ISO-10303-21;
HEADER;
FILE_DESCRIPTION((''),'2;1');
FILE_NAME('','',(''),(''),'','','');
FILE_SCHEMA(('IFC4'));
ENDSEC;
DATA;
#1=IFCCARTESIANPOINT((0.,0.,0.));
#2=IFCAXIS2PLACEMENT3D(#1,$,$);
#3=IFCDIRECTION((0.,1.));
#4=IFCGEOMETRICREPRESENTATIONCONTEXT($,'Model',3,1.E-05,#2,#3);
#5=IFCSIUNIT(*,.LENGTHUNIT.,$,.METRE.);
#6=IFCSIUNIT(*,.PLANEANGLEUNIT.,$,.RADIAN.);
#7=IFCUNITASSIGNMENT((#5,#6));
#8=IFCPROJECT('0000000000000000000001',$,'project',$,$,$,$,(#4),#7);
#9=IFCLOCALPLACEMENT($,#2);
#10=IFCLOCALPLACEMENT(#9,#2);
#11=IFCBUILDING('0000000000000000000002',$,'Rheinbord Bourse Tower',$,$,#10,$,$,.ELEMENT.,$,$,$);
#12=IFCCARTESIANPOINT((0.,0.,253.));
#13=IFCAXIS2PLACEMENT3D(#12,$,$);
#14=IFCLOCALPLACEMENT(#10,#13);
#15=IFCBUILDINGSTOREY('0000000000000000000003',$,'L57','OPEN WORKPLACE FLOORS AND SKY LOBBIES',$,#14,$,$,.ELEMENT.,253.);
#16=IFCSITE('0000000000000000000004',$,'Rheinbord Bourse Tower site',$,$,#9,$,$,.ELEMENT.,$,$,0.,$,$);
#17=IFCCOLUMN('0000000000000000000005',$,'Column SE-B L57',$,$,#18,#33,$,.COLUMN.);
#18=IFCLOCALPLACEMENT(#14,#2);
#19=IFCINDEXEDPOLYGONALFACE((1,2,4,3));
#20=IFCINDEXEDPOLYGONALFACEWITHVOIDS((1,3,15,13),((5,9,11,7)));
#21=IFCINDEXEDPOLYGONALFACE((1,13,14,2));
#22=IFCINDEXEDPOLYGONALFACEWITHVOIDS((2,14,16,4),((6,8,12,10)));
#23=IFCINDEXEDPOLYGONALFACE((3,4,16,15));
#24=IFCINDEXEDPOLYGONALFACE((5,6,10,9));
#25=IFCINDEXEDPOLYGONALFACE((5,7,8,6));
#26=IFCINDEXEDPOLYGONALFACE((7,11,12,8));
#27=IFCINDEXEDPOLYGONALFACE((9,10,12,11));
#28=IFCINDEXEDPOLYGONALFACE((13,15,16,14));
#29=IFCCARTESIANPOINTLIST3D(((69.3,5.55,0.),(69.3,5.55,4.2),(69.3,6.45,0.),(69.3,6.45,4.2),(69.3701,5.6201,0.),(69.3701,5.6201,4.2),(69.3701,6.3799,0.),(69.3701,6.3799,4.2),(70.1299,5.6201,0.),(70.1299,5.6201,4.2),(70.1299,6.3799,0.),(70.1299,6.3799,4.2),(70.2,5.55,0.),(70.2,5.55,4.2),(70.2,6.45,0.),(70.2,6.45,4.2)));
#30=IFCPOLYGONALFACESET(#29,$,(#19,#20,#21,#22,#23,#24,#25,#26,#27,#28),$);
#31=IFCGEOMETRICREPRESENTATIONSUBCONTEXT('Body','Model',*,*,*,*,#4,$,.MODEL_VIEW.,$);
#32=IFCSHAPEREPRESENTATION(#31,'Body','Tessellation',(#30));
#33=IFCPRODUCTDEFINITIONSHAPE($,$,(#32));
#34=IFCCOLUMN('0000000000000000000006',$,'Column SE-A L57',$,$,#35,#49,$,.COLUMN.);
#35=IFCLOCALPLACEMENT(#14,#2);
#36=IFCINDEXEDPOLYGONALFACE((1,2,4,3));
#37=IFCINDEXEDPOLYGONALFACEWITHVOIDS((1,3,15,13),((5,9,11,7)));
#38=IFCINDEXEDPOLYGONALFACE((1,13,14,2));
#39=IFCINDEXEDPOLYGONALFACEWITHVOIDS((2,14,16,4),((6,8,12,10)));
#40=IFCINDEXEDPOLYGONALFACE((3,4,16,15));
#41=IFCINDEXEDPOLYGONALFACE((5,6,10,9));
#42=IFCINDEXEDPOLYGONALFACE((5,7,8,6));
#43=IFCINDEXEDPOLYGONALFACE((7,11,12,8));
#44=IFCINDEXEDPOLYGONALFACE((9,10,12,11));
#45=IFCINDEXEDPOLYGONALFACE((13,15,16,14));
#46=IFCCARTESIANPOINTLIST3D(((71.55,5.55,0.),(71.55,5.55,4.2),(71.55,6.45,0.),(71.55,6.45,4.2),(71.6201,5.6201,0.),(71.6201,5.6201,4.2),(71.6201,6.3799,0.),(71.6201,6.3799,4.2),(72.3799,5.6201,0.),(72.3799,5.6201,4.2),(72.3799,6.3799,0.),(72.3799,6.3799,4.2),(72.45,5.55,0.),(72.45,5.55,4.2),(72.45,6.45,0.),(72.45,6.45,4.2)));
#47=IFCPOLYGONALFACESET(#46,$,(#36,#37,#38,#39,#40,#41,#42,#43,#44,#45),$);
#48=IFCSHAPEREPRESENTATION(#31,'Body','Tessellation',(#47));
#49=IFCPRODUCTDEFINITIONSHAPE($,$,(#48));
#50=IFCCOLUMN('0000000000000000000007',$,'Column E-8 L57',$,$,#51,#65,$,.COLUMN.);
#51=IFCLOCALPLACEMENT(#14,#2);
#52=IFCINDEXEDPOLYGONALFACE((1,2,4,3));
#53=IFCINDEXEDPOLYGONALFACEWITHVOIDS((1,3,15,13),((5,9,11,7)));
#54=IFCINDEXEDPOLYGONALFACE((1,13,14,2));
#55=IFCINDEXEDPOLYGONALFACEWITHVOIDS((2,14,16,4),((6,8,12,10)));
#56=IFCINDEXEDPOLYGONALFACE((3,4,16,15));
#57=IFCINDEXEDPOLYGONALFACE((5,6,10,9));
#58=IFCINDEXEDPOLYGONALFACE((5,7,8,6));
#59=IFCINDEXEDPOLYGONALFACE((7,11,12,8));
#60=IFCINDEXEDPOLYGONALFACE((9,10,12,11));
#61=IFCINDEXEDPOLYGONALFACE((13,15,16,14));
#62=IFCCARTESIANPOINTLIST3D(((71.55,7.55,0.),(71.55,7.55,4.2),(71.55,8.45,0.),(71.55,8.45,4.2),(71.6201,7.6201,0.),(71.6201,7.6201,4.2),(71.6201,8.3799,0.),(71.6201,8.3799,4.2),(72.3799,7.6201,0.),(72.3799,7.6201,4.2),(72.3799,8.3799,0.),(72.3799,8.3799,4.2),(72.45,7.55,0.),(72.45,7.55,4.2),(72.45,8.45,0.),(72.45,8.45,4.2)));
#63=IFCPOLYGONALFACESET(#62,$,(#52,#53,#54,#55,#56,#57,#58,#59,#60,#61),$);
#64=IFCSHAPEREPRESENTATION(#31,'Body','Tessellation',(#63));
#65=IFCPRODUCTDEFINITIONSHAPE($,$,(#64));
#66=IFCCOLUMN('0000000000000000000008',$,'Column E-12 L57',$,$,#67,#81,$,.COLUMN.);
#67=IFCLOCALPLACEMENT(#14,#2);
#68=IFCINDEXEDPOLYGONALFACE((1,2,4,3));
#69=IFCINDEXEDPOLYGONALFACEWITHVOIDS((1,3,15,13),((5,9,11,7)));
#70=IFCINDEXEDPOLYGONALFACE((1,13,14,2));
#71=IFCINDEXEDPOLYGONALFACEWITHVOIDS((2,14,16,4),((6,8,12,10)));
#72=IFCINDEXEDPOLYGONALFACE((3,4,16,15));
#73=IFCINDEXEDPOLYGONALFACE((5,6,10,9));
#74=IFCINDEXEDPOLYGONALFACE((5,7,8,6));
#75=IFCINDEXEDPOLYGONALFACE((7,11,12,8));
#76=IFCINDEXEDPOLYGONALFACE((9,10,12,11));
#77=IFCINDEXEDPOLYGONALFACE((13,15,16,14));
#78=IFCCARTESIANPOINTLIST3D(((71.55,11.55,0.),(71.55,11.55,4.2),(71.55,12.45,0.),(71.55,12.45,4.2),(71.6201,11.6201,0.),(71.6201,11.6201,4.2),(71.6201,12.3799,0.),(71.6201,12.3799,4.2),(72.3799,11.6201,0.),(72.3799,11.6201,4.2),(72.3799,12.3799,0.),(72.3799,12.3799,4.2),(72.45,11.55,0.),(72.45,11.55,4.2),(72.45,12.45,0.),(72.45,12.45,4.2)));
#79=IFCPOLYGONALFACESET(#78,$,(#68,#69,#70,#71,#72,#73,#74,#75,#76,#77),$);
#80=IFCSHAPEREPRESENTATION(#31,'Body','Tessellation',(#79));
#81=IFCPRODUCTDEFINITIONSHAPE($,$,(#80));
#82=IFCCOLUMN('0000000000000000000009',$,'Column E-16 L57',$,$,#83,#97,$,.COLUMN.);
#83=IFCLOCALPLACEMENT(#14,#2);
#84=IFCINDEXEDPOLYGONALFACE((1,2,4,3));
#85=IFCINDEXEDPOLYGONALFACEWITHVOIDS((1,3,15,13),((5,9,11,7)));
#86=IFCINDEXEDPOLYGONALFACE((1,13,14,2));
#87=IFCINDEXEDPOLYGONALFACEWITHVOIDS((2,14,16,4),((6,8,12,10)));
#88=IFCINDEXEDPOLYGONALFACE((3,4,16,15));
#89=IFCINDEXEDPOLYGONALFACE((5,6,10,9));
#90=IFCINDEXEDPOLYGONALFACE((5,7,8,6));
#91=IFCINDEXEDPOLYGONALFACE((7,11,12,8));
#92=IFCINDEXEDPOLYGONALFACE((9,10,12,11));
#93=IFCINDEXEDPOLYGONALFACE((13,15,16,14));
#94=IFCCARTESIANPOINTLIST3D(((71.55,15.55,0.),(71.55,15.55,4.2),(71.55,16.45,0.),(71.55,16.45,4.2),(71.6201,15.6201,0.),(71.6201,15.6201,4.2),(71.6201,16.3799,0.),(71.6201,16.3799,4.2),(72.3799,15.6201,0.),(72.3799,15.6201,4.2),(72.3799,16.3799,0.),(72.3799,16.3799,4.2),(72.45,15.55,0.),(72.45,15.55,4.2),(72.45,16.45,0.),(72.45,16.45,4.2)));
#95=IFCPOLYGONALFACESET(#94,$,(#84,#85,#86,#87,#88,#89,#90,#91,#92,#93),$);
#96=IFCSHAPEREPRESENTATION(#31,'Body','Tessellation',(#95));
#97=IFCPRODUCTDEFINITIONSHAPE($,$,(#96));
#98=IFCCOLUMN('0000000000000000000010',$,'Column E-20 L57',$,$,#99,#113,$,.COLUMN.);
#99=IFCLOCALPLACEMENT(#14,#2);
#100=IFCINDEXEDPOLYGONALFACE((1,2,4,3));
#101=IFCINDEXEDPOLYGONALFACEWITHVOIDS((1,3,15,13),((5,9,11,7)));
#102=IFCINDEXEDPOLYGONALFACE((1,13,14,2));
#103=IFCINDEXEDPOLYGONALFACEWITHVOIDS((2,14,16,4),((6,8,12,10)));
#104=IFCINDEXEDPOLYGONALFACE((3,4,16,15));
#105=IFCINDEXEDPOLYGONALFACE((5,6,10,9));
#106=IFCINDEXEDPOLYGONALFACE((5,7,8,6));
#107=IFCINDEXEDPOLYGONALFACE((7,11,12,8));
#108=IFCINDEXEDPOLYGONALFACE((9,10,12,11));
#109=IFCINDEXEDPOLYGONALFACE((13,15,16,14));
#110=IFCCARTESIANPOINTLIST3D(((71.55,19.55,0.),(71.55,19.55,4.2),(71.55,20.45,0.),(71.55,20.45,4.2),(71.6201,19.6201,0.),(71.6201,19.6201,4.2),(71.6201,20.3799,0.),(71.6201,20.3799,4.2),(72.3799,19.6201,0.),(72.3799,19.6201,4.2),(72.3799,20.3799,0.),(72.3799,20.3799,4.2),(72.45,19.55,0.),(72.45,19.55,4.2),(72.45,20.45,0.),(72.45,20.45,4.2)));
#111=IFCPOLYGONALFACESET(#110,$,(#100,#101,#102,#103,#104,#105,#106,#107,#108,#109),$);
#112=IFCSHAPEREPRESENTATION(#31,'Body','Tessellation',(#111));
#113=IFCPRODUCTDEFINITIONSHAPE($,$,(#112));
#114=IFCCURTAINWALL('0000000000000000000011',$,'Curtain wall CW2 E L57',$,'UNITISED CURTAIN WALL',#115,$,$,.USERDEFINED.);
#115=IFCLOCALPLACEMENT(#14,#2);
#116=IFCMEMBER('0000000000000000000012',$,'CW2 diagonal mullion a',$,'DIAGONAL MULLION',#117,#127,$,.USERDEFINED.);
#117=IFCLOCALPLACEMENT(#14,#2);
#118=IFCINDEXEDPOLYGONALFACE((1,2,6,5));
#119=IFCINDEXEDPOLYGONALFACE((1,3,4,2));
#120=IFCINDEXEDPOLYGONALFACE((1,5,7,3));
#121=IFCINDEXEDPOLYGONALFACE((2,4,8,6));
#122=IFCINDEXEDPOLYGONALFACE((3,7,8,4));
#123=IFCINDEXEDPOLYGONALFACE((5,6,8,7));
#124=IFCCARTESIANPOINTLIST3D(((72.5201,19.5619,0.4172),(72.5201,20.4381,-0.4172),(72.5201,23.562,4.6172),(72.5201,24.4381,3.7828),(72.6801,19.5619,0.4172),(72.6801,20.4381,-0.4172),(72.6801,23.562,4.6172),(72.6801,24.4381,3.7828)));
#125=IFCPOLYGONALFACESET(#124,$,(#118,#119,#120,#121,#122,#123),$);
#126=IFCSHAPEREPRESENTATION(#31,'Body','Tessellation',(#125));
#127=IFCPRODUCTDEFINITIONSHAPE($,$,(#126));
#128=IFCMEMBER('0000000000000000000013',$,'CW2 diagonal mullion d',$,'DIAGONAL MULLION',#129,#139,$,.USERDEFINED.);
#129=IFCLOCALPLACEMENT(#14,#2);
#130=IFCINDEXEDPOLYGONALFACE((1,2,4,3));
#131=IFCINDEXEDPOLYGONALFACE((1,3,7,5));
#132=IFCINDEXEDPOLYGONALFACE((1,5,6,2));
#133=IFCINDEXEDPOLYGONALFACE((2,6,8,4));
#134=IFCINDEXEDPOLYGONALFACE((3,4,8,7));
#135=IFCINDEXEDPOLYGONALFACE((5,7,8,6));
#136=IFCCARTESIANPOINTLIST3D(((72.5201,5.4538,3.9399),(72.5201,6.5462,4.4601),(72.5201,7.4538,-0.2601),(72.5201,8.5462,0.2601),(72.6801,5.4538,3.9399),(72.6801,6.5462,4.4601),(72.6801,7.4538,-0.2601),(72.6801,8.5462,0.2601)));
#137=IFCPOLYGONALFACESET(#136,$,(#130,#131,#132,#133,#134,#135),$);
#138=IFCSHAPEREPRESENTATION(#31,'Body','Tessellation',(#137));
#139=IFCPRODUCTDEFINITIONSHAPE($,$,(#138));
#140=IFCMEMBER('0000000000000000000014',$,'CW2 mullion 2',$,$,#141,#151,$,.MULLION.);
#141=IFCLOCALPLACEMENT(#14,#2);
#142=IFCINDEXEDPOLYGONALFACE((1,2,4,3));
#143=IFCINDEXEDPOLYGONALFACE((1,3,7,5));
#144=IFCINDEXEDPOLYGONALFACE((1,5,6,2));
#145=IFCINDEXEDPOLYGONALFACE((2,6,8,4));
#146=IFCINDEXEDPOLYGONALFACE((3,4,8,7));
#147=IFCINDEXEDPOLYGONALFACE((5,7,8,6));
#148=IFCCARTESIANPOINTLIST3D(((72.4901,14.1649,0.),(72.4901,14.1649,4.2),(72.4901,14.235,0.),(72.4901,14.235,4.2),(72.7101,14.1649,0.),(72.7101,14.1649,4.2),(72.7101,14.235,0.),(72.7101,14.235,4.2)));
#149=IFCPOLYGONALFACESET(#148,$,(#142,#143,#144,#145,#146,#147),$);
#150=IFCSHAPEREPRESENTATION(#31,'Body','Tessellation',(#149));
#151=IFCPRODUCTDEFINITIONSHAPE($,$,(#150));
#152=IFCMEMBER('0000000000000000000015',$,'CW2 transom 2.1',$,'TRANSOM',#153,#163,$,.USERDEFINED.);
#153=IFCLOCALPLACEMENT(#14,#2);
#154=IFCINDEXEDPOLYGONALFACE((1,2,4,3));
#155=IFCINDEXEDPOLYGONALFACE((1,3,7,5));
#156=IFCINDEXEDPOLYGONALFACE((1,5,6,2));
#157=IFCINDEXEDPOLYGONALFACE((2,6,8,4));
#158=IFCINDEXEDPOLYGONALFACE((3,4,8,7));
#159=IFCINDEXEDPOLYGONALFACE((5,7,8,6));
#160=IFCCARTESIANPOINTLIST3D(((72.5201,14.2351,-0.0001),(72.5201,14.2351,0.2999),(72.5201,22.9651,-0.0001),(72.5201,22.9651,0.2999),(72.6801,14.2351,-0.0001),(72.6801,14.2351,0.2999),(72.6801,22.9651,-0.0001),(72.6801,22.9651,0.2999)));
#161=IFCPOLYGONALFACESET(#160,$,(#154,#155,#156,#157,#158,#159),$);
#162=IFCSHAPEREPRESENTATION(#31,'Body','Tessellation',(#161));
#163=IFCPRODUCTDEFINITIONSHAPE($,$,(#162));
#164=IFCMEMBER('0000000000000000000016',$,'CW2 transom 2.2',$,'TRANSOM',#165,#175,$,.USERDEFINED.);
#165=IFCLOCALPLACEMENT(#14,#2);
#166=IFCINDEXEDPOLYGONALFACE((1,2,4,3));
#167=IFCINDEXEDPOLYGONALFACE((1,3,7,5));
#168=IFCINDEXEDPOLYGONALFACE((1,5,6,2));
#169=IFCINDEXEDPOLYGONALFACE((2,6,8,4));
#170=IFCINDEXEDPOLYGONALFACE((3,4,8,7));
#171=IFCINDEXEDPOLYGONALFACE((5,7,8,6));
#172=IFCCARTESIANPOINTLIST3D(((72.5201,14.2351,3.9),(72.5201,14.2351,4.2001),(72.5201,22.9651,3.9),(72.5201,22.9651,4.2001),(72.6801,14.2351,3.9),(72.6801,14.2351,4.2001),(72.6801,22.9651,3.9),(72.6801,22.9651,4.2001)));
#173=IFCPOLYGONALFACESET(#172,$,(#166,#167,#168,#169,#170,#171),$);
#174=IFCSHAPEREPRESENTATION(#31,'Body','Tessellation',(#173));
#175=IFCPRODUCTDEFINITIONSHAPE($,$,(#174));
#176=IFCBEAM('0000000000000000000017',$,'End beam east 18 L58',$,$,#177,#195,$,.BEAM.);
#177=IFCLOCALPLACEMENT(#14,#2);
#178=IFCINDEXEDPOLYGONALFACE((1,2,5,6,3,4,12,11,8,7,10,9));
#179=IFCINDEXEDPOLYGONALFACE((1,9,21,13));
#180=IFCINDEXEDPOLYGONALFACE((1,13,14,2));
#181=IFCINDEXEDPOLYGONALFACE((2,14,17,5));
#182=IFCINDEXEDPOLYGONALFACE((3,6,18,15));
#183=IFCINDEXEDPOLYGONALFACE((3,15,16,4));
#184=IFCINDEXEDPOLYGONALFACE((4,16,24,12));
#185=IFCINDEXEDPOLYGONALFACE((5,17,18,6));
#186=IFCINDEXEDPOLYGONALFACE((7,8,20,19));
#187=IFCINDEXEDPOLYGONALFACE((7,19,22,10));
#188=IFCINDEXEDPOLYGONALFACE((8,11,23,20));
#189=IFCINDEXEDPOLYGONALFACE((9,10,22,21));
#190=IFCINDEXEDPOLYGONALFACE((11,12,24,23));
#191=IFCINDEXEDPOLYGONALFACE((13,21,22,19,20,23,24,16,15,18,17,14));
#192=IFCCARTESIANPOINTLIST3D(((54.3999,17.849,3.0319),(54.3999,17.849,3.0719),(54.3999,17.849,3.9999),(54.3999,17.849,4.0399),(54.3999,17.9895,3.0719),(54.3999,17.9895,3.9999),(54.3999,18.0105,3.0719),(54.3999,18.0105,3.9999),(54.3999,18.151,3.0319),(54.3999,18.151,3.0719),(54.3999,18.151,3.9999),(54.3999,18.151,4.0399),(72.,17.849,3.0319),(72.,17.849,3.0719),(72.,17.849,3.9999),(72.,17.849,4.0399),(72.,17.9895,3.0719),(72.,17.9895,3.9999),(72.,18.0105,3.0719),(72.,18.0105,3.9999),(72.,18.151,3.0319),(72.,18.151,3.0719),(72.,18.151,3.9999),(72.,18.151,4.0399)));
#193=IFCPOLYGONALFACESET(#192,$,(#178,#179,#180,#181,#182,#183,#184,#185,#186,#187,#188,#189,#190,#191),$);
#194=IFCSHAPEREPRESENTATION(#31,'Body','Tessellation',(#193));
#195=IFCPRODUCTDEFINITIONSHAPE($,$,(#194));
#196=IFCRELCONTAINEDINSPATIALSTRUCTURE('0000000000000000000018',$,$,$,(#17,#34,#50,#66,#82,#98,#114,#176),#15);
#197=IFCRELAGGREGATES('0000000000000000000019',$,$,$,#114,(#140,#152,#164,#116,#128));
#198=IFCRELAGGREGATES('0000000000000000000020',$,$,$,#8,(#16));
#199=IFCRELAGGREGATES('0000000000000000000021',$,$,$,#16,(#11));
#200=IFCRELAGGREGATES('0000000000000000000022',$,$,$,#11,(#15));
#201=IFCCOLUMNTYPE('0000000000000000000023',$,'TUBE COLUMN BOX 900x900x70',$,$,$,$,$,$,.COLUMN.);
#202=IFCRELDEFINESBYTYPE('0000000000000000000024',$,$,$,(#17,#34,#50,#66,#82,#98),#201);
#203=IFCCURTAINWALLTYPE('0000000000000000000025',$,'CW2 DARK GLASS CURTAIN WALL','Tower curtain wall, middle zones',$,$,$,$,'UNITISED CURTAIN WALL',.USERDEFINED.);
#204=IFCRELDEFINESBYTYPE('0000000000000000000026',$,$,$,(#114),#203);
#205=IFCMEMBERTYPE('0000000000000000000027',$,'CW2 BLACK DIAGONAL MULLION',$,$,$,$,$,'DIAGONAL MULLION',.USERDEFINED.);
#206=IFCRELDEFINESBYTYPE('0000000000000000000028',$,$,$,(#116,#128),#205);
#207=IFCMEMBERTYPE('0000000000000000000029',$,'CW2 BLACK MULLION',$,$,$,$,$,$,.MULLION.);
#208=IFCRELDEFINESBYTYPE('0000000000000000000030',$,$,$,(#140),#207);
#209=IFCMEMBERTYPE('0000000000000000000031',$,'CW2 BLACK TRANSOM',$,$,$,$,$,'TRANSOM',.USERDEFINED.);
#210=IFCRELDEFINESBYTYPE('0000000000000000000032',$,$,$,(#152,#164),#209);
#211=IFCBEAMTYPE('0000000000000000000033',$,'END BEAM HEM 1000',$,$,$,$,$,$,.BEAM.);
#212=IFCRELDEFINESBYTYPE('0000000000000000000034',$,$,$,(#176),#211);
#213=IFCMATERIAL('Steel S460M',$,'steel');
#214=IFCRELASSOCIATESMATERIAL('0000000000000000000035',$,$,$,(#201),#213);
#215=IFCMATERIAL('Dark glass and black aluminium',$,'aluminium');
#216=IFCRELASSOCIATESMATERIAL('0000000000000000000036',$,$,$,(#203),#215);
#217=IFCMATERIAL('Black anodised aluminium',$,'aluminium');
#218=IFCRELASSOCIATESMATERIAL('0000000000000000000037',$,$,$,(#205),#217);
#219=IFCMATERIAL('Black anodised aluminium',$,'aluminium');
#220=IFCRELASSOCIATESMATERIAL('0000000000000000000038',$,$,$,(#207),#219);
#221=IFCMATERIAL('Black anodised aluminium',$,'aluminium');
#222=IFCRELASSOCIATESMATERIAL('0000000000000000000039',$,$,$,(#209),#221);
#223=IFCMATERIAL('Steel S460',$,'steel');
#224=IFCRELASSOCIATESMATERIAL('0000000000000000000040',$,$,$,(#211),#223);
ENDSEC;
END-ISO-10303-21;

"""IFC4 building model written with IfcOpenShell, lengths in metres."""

from ifc_helpers import new_model, si_unit, direction, frame, origin, origin_2d, place, context, subcontext, project, spatial, rectangle, hollow_rectangle, i_section, extrude, material, material_profile, profile_set, type_object, element, aggregate, save


model = new_model("IFC4")

# Units and contexts
model_context = context("Model", 3, precision=1e-05, world=origin(), true_north=direction((0.0, 1.0)))
body_context = subcontext(model_context, "Body", "Model", "MODEL_VIEW")
ifc_project = project(units=[si_unit("LENGTHUNIT", "METRE"), si_unit("PLANEANGLEUNIT", "RADIAN")], contexts=[model_context])

# Site, building, storey
site_placement = place(None, origin())
site = spatial("IfcSite", under=ifc_project, at=site_placement, Name="Rheinbord Bourse Tower site", CompositionType="ELEMENT", RefElevation=0.0)
building_placement = place(site_placement, origin())
building = spatial("IfcBuilding", under=site, at=building_placement, Name="Rheinbord Bourse Tower", CompositionType="ELEMENT")
storey_placement = place(building_placement, frame((0.0, 0.0, 253.0)))
storey = spatial("IfcBuildingStorey", under=building, at=storey_placement, Name="L57", Description="OPEN WORKPLACE FLOORS AND SKY LOBBIES", CompositionType="ELEMENT", Elevation=253.0)

# Columns
ifc_material_1 = material(Name="Steel S460M", Category="steel")
ifc_material_profile_1 = material_profile(ifc_material_1, hollow_rectangle(XDim=0.8999, YDim=0.8999, WallThickness=0.0701, at=origin_2d()), Name="BOX 900x900x70")
ifc_profile_set_1 = profile_set([ifc_material_profile_1], Name="Steel S460M")
column_type = type_object("IfcColumnType", Name="TUBE COLUMN BOX 900x900x70", PredefinedType="COLUMN", material=ifc_profile_set_1)
for number, where, z_axis, x_axis, name in (
    (1, (69.75, 6.0, 0.0), (0.0, 0.0, 1.0), (1.0, 0.0, 0.0), "Column SE-B L57"),
    (2, (72.0, 6.0, 0.0), (0.0, 0.0, 1.0), (1.0, 0.0, 0.0), "Column SE-A L57"),
    (3, (72.0, 8.0, 0.0), (0.0, 0.0, 1.0), (1.0, 0.0, 0.0), "Column E-8 L57"),
    (4, (72.0, 12.0, 0.0), (0.0, 0.0, 1.0), (1.0, 0.0, 0.0), "Column E-12 L57"),
    (5, (72.0, 16.0, 0.0), (0.0, 0.0, 1.0), (1.0, 0.0, 0.0), "Column E-16 L57"),
    (6, (72.0, 20.0, 0.0), (0.0, 0.0, 1.0), (1.0, 0.0, 0.0), "Column E-20 L57"),
):
    element("IfcColumn", number, at=place(storey_placement, frame(where, z_axis=z_axis, x_axis=x_axis)), inside=storey, type_object=column_type, Name=name, PredefinedType="COLUMN", context=body_context, shape_type="SweptSolid", body=[
        extrude(hollow_rectangle(XDim=0.8999, YDim=0.8999, WallThickness=0.0701, at=origin_2d()), origin(), (0.0, 0.0, 1.0), 4.2),
    ])

# Curtain wall, members
ifc_material_2 = material(Name="Dark glass and black aluminium", Category="aluminium")
curtain_wall_type = type_object("IfcCurtainWallType", Name="CW2 DARK GLASS CURTAIN WALL", Description="Tower curtain wall, middle zones", ElementType="UNITISED CURTAIN WALL", PredefinedType="USERDEFINED", material=ifc_material_2)
curtain_wall_placement = place(storey_placement, origin())
curtain_wall = element("IfcCurtainWall", 7, at=curtain_wall_placement, inside=storey, type_object=curtain_wall_type, Name="Curtain wall CW2 E L57", ObjectType="UNITISED CURTAIN WALL", PredefinedType="USERDEFINED")
ifc_material_3 = material(Name="Black anodised aluminium", Category="aluminium")
ifc_material_profile_2 = material_profile(ifc_material_3, rectangle(XDim=0.1599, YDim=1.21, at=origin_2d()), Name="CW2 DIAGONAL MULLION 1210x160")
ifc_profile_set_2 = profile_set([ifc_material_profile_2], Name="Black anodised aluminium")
member_type_1 = type_object("IfcMemberType", Name="CW2 BLACK DIAGONAL MULLION", ElementType="DIAGONAL MULLION", PredefinedType="USERDEFINED", material=ifc_profile_set_2)
member_1_placement = place(storey_placement, frame((72.6001, 20.0, 0.0), z_axis=(0.0, 0.689659, 0.724134), x_axis=(-1.0, 0.0, 0.0)))
member_1 = element("IfcMember", 8, at=member_1_placement, type_object=member_type_1, Name="CW2 diagonal mullion a", ObjectType="DIAGONAL MULLION", PredefinedType="USERDEFINED", context=body_context, shape_type="SweptSolid", body=[
    extrude(rectangle(XDim=0.1599, YDim=1.21, at=origin_2d()), origin(), (0.0, 0.0, 1.0), 5.8),
])
member_2_placement = place(storey_placement, frame((72.6001, 8.0, 0.0), z_axis=(0.0, -0.429938, 0.902859), x_axis=(1.0, 0.0, 0.0)))
member_2 = element("IfcMember", 9, at=member_2_placement, type_object=member_type_1, Name="CW2 diagonal mullion d", ObjectType="DIAGONAL MULLION", PredefinedType="USERDEFINED", context=body_context, shape_type="SweptSolid", body=[
    extrude(rectangle(XDim=0.1599, YDim=1.21, at=origin_2d()), origin(), (0.0, 0.0, 1.0), 4.6519),
])
ifc_material_4 = material(Name="Black anodised aluminium", Category="aluminium")
ifc_material_profile_3 = material_profile(ifc_material_4, rectangle(XDim=0.22, YDim=0.0701, at=origin_2d()), Name="CW2 MULLION 70x220")
ifc_profile_set_3 = profile_set([ifc_material_profile_3], Name="Black anodised aluminium")
member_type_2 = type_object("IfcMemberType", Name="CW2 BLACK MULLION", PredefinedType="MULLION", material=ifc_profile_set_3)
member_3_placement = place(storey_placement, frame((72.6001, 14.2, 0.0), z_axis=(0.0, 0.0, 1.0), x_axis=(-1.0, 0.0, 0.0)))
member_3 = element("IfcMember", 10, at=member_3_placement, type_object=member_type_2, Name="CW2 mullion 2", PredefinedType="MULLION", context=body_context, shape_type="SweptSolid", body=[
    extrude(rectangle(XDim=0.22, YDim=0.0701, at=origin_2d()), origin(), (0.0, 0.0, 1.0), 4.2),
])
ifc_material_5 = material(Name="Black anodised aluminium", Category="aluminium")
ifc_material_profile_4 = material_profile(ifc_material_5, rectangle(XDim=0.1599, YDim=0.3, at=origin_2d()), Name="CW2 TRANSOM 300x160")
ifc_profile_set_4 = profile_set([ifc_material_profile_4], Name="Black anodised aluminium")
member_type_3 = type_object("IfcMemberType", Name="CW2 BLACK TRANSOM", ElementType="TRANSOM", PredefinedType="USERDEFINED", material=ifc_profile_set_4)
member_4_placement = place(storey_placement, frame((72.6001, 14.2351, 0.1499), z_axis=(0.0, 1.0, 0.0), x_axis=(-1.0, 0.0, 0.0)))
member_4 = element("IfcMember", 11, at=member_4_placement, type_object=member_type_3, Name="CW2 transom 2.1", ObjectType="TRANSOM", PredefinedType="USERDEFINED", context=body_context, shape_type="SweptSolid", body=[
    extrude(rectangle(XDim=0.1599, YDim=0.3, at=origin_2d()), origin(), (0.0, 0.0, 1.0), 8.73),
])
member_5_placement = place(storey_placement, frame((72.6001, 14.2351, 4.05), z_axis=(0.0, 1.0, 0.0), x_axis=(-1.0, 0.0, 0.0)))
member_5 = element("IfcMember", 12, at=member_5_placement, type_object=member_type_3, Name="CW2 transom 2.2", ObjectType="TRANSOM", PredefinedType="USERDEFINED", context=body_context, shape_type="SweptSolid", body=[
    extrude(rectangle(XDim=0.1599, YDim=0.3, at=origin_2d()), origin(), (0.0, 0.0, 1.0), 8.73),
])

# Beam
ifc_material_6 = material(Name="Steel S460", Category="steel")
ifc_material_profile_5 = material_profile(ifc_material_6, i_section(OverallWidth=0.302, OverallDepth=1.0081, WebThickness=0.021, FlangeThickness=0.04, at=origin_2d()), Name="HEM 1000")
ifc_profile_set_5 = profile_set([ifc_material_profile_5], Name="Steel S460")
beam_type_1 = type_object("IfcBeamType", Name="END BEAM HEM 1000", PredefinedType="BEAM", material=ifc_profile_set_5)
for number, where, z_axis, x_axis, name in (
    (13, (54.3999, 18.0, 3.5359), (1.0, 0.0, 0.0), (0.0, 1.0, 0.0), "End beam east 18 L58"),
):
    element("IfcBeam", number, at=place(storey_placement, frame(where, z_axis=z_axis, x_axis=x_axis)), inside=storey, type_object=beam_type_1, Name=name, PredefinedType="BEAM", context=body_context, shape_type="SweptSolid", body=[
        extrude(i_section(OverallWidth=0.302, OverallDepth=1.0081, WebThickness=0.021, FlangeThickness=0.04, at=origin_2d()), origin(), (0.0, 0.0, 1.0), 17.6001),
    ])

aggregate(curtain_wall, [member_3, member_4, member_5, member_1, member_2])

save(model, "model.ifc")
